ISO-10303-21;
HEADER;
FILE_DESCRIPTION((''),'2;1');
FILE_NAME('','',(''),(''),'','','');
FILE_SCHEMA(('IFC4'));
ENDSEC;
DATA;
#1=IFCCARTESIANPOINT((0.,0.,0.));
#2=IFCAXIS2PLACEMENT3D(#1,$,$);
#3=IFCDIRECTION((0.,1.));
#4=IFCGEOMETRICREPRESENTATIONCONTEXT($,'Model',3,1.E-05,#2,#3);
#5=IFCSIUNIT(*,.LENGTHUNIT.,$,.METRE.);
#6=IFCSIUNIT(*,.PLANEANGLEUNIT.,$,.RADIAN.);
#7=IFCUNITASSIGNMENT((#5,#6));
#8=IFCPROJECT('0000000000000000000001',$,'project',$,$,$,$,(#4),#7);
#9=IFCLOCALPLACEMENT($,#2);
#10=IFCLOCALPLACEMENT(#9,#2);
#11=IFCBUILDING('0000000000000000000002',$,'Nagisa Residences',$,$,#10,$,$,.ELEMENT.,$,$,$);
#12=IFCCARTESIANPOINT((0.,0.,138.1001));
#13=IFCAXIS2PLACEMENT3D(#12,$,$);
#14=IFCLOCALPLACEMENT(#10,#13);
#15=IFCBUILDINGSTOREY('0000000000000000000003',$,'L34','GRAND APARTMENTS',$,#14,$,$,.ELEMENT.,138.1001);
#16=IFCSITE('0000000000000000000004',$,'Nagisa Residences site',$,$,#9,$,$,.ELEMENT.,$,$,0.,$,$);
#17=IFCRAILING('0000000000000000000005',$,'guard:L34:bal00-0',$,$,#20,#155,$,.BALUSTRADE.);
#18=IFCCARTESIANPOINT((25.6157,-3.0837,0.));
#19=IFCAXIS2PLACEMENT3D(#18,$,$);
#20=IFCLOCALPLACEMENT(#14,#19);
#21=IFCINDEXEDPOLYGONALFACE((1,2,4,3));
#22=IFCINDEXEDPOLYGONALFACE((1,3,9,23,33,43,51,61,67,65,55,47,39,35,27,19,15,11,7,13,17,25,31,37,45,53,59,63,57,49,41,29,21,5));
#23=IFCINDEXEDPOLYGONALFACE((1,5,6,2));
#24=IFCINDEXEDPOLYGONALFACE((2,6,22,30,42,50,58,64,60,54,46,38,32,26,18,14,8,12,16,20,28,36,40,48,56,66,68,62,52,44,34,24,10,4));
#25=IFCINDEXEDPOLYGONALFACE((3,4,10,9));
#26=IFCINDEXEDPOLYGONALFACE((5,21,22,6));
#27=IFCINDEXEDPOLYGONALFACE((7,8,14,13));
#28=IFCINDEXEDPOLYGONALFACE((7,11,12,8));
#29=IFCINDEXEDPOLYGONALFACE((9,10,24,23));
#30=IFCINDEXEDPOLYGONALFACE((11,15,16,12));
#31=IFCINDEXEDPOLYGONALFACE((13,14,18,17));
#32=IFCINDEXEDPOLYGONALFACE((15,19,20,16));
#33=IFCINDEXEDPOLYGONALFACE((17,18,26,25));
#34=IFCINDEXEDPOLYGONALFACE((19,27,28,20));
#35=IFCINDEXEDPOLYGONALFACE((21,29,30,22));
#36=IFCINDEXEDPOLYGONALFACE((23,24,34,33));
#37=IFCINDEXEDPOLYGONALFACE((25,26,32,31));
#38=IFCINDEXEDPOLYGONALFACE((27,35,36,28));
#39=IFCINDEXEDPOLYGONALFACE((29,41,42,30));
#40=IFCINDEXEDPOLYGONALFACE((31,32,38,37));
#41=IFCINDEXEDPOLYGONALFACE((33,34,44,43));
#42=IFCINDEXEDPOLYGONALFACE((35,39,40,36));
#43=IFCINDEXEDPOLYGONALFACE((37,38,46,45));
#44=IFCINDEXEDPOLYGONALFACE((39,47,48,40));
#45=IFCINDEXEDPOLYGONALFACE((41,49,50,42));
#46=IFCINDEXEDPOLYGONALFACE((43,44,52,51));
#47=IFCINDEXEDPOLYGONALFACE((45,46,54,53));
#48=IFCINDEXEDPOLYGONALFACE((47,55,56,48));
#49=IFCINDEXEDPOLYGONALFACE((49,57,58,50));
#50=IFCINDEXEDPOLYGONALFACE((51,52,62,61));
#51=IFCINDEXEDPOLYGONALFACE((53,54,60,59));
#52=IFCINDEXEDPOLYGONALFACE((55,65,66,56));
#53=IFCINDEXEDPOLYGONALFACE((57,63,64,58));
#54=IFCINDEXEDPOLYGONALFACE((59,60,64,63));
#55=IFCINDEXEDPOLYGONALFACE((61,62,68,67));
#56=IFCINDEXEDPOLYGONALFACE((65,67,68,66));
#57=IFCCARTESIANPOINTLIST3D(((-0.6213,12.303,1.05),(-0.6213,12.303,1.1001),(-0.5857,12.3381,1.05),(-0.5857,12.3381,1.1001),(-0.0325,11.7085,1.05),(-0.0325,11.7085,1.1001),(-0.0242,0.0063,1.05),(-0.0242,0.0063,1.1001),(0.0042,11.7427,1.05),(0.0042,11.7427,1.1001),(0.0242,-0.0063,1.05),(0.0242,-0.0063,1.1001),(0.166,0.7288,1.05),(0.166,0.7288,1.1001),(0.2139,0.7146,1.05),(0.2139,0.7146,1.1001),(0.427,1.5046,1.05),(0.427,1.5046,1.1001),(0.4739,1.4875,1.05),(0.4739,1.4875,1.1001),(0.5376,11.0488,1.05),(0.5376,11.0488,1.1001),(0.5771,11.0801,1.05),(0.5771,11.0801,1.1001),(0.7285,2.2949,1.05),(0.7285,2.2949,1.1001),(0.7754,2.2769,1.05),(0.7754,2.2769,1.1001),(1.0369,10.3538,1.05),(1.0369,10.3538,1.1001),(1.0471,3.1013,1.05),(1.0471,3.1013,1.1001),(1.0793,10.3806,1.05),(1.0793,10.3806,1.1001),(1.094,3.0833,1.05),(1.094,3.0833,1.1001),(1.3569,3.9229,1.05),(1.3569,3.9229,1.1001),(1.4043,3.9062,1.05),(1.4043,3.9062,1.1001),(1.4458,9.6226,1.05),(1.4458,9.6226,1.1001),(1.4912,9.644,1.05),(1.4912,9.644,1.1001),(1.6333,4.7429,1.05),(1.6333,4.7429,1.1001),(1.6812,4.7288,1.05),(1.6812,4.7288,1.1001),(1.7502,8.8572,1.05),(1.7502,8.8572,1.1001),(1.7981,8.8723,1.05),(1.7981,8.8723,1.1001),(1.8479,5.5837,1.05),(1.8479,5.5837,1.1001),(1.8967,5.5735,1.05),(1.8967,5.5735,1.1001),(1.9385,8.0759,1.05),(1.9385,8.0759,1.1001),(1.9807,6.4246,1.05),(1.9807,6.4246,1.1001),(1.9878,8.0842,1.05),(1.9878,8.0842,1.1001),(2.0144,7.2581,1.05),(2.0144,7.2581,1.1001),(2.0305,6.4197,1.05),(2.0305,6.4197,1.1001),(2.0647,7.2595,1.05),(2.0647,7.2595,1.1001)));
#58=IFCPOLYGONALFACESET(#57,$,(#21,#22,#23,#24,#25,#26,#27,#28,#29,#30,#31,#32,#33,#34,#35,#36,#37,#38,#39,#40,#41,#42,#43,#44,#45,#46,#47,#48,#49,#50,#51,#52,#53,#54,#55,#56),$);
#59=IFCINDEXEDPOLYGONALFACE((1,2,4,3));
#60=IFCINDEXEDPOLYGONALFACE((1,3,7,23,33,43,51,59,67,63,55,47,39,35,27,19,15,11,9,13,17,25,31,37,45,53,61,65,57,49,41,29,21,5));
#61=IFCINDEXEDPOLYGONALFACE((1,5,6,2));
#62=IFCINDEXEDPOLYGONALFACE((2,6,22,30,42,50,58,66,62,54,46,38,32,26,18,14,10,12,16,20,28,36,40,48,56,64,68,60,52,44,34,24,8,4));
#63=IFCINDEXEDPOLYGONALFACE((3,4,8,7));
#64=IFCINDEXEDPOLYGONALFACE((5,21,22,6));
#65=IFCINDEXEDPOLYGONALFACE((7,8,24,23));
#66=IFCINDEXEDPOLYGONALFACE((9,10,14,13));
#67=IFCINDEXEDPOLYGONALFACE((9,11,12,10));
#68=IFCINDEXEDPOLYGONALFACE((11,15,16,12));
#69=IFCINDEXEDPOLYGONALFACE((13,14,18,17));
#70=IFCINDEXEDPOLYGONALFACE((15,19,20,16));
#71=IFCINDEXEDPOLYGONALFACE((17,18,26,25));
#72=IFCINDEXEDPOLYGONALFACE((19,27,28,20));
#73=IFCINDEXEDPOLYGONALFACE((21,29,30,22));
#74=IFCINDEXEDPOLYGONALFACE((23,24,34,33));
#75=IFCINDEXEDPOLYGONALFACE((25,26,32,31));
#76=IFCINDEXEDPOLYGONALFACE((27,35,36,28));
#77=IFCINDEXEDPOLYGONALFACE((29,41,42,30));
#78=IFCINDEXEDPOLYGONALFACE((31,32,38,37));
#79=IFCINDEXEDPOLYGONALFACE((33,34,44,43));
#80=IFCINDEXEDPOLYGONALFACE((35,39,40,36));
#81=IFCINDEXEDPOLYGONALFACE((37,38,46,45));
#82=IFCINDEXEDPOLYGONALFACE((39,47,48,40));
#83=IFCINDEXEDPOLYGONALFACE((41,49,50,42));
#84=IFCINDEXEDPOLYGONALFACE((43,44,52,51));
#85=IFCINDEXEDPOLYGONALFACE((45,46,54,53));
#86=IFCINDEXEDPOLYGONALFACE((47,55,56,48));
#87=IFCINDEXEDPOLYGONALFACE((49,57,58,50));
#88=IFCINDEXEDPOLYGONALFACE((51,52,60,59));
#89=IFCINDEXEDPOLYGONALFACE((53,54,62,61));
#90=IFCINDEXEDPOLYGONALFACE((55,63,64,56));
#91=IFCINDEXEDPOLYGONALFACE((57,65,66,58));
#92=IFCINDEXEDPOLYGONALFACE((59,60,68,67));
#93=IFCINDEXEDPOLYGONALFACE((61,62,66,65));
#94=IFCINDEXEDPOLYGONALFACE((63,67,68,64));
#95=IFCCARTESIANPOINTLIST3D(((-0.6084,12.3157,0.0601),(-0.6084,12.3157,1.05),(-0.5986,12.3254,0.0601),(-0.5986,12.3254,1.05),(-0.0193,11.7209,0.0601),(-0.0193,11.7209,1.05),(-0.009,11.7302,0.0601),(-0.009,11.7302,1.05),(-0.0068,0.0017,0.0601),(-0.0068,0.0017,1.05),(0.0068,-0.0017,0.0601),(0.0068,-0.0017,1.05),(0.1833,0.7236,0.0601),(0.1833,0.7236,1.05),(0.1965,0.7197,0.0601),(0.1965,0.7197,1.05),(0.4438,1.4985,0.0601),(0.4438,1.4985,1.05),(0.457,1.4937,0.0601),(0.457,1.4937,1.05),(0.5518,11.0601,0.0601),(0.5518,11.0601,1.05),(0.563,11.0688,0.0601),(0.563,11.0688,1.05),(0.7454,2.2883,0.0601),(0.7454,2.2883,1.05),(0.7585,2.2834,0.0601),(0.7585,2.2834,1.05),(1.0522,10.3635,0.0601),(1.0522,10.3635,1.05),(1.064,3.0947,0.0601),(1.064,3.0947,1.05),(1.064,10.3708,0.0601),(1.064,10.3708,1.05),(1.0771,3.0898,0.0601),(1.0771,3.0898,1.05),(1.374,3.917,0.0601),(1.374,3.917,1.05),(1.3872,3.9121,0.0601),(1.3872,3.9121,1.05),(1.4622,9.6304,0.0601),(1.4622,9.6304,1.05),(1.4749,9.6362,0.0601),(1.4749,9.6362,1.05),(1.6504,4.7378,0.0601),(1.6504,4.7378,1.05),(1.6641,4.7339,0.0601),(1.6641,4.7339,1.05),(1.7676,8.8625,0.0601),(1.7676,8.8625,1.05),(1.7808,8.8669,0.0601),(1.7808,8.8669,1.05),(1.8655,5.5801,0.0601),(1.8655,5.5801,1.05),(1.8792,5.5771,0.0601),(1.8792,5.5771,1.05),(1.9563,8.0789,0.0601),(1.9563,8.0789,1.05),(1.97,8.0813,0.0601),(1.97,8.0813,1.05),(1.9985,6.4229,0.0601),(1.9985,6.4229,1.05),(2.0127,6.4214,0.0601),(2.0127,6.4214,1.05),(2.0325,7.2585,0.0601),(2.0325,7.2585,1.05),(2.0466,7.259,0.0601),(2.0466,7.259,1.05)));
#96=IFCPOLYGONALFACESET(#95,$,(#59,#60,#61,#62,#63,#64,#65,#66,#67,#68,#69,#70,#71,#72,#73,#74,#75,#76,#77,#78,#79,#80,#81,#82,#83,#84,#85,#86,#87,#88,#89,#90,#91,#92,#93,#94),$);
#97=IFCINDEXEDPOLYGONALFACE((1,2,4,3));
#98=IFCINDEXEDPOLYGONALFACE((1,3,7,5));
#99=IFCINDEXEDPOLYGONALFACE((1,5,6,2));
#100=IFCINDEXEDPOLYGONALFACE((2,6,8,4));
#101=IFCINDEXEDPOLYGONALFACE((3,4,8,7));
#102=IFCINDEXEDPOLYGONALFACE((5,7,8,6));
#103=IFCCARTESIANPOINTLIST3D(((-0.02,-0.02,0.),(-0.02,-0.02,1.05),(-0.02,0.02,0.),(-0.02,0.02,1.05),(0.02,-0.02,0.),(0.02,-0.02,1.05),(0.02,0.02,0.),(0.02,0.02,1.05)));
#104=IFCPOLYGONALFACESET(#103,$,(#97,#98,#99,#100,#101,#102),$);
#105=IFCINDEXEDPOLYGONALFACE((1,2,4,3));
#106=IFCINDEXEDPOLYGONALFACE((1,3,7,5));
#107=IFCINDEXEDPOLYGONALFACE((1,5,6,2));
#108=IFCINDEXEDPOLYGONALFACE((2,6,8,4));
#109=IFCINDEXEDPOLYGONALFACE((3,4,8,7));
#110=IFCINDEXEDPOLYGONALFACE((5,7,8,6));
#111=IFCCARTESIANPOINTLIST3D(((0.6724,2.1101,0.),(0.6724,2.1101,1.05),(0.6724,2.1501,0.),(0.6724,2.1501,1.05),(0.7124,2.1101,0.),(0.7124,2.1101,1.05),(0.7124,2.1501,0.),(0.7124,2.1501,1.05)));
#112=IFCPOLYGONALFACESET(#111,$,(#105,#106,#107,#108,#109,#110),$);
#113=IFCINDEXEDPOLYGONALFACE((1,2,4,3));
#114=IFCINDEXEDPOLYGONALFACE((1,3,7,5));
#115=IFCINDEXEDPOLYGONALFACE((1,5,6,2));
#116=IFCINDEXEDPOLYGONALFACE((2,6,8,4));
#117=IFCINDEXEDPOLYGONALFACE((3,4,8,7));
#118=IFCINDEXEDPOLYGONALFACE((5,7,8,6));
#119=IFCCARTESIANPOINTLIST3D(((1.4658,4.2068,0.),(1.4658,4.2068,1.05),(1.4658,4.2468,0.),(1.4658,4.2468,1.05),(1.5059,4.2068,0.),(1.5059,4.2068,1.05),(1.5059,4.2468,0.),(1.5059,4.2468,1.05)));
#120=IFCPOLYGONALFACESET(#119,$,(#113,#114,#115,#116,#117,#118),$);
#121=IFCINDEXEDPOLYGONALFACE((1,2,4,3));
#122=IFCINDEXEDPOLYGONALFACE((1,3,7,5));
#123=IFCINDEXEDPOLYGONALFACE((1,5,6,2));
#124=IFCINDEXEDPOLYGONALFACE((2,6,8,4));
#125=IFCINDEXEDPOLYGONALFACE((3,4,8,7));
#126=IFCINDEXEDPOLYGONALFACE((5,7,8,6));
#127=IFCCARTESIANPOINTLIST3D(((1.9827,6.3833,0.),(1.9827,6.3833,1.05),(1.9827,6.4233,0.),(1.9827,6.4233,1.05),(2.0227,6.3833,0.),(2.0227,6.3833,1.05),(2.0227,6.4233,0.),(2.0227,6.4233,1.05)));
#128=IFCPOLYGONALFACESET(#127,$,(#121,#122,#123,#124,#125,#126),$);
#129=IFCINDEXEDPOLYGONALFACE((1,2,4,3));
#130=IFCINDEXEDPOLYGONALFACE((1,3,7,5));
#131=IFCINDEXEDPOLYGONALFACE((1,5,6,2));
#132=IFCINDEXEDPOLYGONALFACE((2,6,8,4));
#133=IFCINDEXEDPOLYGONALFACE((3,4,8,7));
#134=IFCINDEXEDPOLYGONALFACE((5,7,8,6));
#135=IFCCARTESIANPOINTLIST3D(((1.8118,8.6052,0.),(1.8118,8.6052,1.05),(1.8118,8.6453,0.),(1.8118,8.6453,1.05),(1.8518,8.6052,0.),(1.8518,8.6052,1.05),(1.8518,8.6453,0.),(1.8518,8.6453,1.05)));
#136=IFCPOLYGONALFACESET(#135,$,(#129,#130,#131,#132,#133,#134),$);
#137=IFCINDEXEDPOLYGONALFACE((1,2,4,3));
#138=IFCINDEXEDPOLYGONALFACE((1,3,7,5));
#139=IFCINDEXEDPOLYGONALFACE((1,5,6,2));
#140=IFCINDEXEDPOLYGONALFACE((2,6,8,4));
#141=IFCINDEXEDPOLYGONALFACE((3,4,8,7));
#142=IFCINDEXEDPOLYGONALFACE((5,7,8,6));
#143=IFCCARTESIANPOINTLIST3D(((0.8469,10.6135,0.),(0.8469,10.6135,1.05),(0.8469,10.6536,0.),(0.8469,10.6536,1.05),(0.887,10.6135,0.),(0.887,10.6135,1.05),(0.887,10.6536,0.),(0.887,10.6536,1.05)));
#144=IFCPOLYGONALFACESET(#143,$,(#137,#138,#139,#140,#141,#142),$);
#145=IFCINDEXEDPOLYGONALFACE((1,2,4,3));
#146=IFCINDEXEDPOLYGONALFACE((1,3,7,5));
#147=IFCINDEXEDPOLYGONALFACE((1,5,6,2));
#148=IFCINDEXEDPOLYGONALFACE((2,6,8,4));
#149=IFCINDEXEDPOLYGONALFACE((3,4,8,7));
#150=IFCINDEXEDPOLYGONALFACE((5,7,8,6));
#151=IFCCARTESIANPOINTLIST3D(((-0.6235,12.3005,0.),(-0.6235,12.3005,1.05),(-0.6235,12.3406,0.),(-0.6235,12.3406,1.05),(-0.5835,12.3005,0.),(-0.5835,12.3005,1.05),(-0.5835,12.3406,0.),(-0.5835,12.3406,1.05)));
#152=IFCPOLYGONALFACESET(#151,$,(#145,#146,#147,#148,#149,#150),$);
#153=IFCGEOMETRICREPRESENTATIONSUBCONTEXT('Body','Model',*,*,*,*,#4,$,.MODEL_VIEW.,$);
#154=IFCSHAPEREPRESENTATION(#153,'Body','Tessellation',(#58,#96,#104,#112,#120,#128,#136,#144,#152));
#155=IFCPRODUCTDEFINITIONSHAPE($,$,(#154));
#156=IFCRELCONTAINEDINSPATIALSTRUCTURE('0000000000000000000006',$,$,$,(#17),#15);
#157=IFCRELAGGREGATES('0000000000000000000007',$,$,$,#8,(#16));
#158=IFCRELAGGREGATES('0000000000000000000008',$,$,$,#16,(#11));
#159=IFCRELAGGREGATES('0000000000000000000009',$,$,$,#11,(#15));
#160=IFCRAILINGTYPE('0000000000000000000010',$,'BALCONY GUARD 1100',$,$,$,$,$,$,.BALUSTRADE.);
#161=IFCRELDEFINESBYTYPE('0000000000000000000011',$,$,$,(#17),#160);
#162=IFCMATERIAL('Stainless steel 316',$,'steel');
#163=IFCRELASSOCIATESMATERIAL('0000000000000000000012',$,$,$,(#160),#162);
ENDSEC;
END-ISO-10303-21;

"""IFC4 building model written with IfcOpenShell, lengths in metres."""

from ifc_helpers import new_model, si_unit, direction, frame, origin, origin_2d, place, context, subcontext, project, spatial, polyline, rectangle, outline, extrude, material, type_object, element, save


model = new_model("IFC4")

# Units and contexts
model_context = context("Model", 3, precision=1e-05, world=origin(), true_north=direction((0.0, 1.0)))
body_context = subcontext(model_context, "Body", "Model", "MODEL_VIEW")
ifc_project = project(units=[si_unit("LENGTHUNIT", "METRE"), si_unit("PLANEANGLEUNIT", "RADIAN")], contexts=[model_context])

# Site, building, storey
site_placement = place(None, origin())
site = spatial("IfcSite", under=ifc_project, at=site_placement, Name="Nagisa Residences site", CompositionType="ELEMENT", RefElevation=0.0)
building_placement = place(site_placement, origin())
building = spatial("IfcBuilding", under=site, at=building_placement, Name="Nagisa Residences", CompositionType="ELEMENT")
storey_placement = place(building_placement, frame((0.0, 0.0, 138.1001)))
storey = spatial("IfcBuildingStorey", under=building, at=storey_placement, Name="L34", Description="GRAND APARTMENTS", CompositionType="ELEMENT", Elevation=138.1001)

# Railing
ifc_material_1 = material(Name="Stainless steel 316", Category="steel")
railing_type = type_object("IfcRailingType", Name="BALCONY GUARD 1100", PredefinedType="BALUSTRADE", material=ifc_material_1)
railing_placement = place(storey_placement, frame((25.6157, -3.0837, 0.0)))
element("IfcRailing", 1, at=railing_placement, inside=storey, type_object=railing_type, Name="guard:L34:bal00-0", PredefinedType="BALUSTRADE", context=body_context, shape_type="SweptSolid", body=[
    extrude(outline(polyline([(0.166, 0.7288), (-0.0242, 0.0063), (0.0242, -0.0063), (0.2139, 0.7146), (0.4739, 1.4875), (0.7754, 2.2769), (1.094, 3.0833), (1.4043, 3.9062), (1.6812, 4.7288), (1.8967, 5.5735), (2.0305, 6.4197), (2.0647, 7.2595), (1.9878, 8.0842), (1.7981, 8.8723), (1.4912, 9.644), (1.0793, 10.3806), (0.5771, 11.0801), (0.0042, 11.7427), (-0.5857, 12.3381), (-0.6213, 12.303), (-0.0325, 11.7085), (0.5376, 11.0488), (1.0369, 10.3538), (1.4458, 9.6226), (1.7502, 8.8572), (1.9385, 8.0759), (2.0144, 7.2581), (1.9807, 6.4246), (1.8479, 5.5837), (1.6333, 4.7429), (1.3569, 3.9229), (1.0471, 3.1013), (0.7285, 2.2949), (0.427, 1.5046), (0.166, 0.7288)])), frame((0.0, 0.0, 1.05)), (0.0, 0.0, 1.0), 0.05),
    extrude(outline(polyline([(0.1833, 0.7236), (-0.0068, 0.0017), (0.0068, -0.0017), (0.1965, 0.7197), (0.457, 1.4937), (0.7585, 2.2834), (1.0771, 3.0898), (1.3872, 3.9121), (1.6641, 4.7339), (1.8792, 5.5771), (2.0127, 6.4214), (2.0466, 7.259), (1.97, 8.0813), (1.7808, 8.8669), (1.4749, 9.6362), (1.064, 10.3708), (0.563, 11.0688), (-0.009, 11.7302), (-0.5986, 12.3254), (-0.6084, 12.3157), (-0.0193, 11.7209), (0.5518, 11.0601), (1.0522, 10.3635), (1.4622, 9.6304), (1.7676, 8.8625), (1.9563, 8.0789), (2.0325, 7.2585), (1.9985, 6.4229), (1.8655, 5.5801), (1.6504, 4.7378), (1.374, 3.917), (1.064, 3.0947), (0.7454, 2.2883), (0.4438, 1.4985), (0.1833, 0.7236)])), frame((0.0, 0.0, 0.0601)), (0.0, 0.0, 1.0), 0.99),
    extrude(rectangle(XDim=0.04, YDim=0.04, at=origin_2d()), origin(), (0.0, 0.0, 1.0), 1.05),
    extrude(rectangle(XDim=0.04, YDim=0.04, at=origin_2d()), frame((0.6924, 2.1301, 0.0)), (0.0, 0.0, 1.0), 1.05),
    extrude(rectangle(XDim=0.04, YDim=0.04, at=origin_2d()), frame((1.4858, 4.2268, 0.0)), (0.0, 0.0, 1.0), 1.05),
    extrude(rectangle(XDim=0.04, YDim=0.04, at=origin_2d()), frame((2.0027, 6.4033, 0.0)), (0.0, 0.0, 1.0), 1.05),
    extrude(rectangle(XDim=0.04, YDim=0.04, at=origin_2d()), frame((1.8318, 8.6252, 0.0)), (0.0, 0.0, 1.0), 1.05),
    extrude(rectangle(XDim=0.04, YDim=0.04, at=origin_2d()), frame((0.8669, 10.6335, 0.0)), (0.0, 0.0, 1.0), 1.05),
    extrude(rectangle(XDim=0.04, YDim=0.04, at=origin_2d()), frame((-0.6035, 12.3206, 0.0)), (0.0, 0.0, 1.0), 1.05),
])

save(model, "model.ifc")
